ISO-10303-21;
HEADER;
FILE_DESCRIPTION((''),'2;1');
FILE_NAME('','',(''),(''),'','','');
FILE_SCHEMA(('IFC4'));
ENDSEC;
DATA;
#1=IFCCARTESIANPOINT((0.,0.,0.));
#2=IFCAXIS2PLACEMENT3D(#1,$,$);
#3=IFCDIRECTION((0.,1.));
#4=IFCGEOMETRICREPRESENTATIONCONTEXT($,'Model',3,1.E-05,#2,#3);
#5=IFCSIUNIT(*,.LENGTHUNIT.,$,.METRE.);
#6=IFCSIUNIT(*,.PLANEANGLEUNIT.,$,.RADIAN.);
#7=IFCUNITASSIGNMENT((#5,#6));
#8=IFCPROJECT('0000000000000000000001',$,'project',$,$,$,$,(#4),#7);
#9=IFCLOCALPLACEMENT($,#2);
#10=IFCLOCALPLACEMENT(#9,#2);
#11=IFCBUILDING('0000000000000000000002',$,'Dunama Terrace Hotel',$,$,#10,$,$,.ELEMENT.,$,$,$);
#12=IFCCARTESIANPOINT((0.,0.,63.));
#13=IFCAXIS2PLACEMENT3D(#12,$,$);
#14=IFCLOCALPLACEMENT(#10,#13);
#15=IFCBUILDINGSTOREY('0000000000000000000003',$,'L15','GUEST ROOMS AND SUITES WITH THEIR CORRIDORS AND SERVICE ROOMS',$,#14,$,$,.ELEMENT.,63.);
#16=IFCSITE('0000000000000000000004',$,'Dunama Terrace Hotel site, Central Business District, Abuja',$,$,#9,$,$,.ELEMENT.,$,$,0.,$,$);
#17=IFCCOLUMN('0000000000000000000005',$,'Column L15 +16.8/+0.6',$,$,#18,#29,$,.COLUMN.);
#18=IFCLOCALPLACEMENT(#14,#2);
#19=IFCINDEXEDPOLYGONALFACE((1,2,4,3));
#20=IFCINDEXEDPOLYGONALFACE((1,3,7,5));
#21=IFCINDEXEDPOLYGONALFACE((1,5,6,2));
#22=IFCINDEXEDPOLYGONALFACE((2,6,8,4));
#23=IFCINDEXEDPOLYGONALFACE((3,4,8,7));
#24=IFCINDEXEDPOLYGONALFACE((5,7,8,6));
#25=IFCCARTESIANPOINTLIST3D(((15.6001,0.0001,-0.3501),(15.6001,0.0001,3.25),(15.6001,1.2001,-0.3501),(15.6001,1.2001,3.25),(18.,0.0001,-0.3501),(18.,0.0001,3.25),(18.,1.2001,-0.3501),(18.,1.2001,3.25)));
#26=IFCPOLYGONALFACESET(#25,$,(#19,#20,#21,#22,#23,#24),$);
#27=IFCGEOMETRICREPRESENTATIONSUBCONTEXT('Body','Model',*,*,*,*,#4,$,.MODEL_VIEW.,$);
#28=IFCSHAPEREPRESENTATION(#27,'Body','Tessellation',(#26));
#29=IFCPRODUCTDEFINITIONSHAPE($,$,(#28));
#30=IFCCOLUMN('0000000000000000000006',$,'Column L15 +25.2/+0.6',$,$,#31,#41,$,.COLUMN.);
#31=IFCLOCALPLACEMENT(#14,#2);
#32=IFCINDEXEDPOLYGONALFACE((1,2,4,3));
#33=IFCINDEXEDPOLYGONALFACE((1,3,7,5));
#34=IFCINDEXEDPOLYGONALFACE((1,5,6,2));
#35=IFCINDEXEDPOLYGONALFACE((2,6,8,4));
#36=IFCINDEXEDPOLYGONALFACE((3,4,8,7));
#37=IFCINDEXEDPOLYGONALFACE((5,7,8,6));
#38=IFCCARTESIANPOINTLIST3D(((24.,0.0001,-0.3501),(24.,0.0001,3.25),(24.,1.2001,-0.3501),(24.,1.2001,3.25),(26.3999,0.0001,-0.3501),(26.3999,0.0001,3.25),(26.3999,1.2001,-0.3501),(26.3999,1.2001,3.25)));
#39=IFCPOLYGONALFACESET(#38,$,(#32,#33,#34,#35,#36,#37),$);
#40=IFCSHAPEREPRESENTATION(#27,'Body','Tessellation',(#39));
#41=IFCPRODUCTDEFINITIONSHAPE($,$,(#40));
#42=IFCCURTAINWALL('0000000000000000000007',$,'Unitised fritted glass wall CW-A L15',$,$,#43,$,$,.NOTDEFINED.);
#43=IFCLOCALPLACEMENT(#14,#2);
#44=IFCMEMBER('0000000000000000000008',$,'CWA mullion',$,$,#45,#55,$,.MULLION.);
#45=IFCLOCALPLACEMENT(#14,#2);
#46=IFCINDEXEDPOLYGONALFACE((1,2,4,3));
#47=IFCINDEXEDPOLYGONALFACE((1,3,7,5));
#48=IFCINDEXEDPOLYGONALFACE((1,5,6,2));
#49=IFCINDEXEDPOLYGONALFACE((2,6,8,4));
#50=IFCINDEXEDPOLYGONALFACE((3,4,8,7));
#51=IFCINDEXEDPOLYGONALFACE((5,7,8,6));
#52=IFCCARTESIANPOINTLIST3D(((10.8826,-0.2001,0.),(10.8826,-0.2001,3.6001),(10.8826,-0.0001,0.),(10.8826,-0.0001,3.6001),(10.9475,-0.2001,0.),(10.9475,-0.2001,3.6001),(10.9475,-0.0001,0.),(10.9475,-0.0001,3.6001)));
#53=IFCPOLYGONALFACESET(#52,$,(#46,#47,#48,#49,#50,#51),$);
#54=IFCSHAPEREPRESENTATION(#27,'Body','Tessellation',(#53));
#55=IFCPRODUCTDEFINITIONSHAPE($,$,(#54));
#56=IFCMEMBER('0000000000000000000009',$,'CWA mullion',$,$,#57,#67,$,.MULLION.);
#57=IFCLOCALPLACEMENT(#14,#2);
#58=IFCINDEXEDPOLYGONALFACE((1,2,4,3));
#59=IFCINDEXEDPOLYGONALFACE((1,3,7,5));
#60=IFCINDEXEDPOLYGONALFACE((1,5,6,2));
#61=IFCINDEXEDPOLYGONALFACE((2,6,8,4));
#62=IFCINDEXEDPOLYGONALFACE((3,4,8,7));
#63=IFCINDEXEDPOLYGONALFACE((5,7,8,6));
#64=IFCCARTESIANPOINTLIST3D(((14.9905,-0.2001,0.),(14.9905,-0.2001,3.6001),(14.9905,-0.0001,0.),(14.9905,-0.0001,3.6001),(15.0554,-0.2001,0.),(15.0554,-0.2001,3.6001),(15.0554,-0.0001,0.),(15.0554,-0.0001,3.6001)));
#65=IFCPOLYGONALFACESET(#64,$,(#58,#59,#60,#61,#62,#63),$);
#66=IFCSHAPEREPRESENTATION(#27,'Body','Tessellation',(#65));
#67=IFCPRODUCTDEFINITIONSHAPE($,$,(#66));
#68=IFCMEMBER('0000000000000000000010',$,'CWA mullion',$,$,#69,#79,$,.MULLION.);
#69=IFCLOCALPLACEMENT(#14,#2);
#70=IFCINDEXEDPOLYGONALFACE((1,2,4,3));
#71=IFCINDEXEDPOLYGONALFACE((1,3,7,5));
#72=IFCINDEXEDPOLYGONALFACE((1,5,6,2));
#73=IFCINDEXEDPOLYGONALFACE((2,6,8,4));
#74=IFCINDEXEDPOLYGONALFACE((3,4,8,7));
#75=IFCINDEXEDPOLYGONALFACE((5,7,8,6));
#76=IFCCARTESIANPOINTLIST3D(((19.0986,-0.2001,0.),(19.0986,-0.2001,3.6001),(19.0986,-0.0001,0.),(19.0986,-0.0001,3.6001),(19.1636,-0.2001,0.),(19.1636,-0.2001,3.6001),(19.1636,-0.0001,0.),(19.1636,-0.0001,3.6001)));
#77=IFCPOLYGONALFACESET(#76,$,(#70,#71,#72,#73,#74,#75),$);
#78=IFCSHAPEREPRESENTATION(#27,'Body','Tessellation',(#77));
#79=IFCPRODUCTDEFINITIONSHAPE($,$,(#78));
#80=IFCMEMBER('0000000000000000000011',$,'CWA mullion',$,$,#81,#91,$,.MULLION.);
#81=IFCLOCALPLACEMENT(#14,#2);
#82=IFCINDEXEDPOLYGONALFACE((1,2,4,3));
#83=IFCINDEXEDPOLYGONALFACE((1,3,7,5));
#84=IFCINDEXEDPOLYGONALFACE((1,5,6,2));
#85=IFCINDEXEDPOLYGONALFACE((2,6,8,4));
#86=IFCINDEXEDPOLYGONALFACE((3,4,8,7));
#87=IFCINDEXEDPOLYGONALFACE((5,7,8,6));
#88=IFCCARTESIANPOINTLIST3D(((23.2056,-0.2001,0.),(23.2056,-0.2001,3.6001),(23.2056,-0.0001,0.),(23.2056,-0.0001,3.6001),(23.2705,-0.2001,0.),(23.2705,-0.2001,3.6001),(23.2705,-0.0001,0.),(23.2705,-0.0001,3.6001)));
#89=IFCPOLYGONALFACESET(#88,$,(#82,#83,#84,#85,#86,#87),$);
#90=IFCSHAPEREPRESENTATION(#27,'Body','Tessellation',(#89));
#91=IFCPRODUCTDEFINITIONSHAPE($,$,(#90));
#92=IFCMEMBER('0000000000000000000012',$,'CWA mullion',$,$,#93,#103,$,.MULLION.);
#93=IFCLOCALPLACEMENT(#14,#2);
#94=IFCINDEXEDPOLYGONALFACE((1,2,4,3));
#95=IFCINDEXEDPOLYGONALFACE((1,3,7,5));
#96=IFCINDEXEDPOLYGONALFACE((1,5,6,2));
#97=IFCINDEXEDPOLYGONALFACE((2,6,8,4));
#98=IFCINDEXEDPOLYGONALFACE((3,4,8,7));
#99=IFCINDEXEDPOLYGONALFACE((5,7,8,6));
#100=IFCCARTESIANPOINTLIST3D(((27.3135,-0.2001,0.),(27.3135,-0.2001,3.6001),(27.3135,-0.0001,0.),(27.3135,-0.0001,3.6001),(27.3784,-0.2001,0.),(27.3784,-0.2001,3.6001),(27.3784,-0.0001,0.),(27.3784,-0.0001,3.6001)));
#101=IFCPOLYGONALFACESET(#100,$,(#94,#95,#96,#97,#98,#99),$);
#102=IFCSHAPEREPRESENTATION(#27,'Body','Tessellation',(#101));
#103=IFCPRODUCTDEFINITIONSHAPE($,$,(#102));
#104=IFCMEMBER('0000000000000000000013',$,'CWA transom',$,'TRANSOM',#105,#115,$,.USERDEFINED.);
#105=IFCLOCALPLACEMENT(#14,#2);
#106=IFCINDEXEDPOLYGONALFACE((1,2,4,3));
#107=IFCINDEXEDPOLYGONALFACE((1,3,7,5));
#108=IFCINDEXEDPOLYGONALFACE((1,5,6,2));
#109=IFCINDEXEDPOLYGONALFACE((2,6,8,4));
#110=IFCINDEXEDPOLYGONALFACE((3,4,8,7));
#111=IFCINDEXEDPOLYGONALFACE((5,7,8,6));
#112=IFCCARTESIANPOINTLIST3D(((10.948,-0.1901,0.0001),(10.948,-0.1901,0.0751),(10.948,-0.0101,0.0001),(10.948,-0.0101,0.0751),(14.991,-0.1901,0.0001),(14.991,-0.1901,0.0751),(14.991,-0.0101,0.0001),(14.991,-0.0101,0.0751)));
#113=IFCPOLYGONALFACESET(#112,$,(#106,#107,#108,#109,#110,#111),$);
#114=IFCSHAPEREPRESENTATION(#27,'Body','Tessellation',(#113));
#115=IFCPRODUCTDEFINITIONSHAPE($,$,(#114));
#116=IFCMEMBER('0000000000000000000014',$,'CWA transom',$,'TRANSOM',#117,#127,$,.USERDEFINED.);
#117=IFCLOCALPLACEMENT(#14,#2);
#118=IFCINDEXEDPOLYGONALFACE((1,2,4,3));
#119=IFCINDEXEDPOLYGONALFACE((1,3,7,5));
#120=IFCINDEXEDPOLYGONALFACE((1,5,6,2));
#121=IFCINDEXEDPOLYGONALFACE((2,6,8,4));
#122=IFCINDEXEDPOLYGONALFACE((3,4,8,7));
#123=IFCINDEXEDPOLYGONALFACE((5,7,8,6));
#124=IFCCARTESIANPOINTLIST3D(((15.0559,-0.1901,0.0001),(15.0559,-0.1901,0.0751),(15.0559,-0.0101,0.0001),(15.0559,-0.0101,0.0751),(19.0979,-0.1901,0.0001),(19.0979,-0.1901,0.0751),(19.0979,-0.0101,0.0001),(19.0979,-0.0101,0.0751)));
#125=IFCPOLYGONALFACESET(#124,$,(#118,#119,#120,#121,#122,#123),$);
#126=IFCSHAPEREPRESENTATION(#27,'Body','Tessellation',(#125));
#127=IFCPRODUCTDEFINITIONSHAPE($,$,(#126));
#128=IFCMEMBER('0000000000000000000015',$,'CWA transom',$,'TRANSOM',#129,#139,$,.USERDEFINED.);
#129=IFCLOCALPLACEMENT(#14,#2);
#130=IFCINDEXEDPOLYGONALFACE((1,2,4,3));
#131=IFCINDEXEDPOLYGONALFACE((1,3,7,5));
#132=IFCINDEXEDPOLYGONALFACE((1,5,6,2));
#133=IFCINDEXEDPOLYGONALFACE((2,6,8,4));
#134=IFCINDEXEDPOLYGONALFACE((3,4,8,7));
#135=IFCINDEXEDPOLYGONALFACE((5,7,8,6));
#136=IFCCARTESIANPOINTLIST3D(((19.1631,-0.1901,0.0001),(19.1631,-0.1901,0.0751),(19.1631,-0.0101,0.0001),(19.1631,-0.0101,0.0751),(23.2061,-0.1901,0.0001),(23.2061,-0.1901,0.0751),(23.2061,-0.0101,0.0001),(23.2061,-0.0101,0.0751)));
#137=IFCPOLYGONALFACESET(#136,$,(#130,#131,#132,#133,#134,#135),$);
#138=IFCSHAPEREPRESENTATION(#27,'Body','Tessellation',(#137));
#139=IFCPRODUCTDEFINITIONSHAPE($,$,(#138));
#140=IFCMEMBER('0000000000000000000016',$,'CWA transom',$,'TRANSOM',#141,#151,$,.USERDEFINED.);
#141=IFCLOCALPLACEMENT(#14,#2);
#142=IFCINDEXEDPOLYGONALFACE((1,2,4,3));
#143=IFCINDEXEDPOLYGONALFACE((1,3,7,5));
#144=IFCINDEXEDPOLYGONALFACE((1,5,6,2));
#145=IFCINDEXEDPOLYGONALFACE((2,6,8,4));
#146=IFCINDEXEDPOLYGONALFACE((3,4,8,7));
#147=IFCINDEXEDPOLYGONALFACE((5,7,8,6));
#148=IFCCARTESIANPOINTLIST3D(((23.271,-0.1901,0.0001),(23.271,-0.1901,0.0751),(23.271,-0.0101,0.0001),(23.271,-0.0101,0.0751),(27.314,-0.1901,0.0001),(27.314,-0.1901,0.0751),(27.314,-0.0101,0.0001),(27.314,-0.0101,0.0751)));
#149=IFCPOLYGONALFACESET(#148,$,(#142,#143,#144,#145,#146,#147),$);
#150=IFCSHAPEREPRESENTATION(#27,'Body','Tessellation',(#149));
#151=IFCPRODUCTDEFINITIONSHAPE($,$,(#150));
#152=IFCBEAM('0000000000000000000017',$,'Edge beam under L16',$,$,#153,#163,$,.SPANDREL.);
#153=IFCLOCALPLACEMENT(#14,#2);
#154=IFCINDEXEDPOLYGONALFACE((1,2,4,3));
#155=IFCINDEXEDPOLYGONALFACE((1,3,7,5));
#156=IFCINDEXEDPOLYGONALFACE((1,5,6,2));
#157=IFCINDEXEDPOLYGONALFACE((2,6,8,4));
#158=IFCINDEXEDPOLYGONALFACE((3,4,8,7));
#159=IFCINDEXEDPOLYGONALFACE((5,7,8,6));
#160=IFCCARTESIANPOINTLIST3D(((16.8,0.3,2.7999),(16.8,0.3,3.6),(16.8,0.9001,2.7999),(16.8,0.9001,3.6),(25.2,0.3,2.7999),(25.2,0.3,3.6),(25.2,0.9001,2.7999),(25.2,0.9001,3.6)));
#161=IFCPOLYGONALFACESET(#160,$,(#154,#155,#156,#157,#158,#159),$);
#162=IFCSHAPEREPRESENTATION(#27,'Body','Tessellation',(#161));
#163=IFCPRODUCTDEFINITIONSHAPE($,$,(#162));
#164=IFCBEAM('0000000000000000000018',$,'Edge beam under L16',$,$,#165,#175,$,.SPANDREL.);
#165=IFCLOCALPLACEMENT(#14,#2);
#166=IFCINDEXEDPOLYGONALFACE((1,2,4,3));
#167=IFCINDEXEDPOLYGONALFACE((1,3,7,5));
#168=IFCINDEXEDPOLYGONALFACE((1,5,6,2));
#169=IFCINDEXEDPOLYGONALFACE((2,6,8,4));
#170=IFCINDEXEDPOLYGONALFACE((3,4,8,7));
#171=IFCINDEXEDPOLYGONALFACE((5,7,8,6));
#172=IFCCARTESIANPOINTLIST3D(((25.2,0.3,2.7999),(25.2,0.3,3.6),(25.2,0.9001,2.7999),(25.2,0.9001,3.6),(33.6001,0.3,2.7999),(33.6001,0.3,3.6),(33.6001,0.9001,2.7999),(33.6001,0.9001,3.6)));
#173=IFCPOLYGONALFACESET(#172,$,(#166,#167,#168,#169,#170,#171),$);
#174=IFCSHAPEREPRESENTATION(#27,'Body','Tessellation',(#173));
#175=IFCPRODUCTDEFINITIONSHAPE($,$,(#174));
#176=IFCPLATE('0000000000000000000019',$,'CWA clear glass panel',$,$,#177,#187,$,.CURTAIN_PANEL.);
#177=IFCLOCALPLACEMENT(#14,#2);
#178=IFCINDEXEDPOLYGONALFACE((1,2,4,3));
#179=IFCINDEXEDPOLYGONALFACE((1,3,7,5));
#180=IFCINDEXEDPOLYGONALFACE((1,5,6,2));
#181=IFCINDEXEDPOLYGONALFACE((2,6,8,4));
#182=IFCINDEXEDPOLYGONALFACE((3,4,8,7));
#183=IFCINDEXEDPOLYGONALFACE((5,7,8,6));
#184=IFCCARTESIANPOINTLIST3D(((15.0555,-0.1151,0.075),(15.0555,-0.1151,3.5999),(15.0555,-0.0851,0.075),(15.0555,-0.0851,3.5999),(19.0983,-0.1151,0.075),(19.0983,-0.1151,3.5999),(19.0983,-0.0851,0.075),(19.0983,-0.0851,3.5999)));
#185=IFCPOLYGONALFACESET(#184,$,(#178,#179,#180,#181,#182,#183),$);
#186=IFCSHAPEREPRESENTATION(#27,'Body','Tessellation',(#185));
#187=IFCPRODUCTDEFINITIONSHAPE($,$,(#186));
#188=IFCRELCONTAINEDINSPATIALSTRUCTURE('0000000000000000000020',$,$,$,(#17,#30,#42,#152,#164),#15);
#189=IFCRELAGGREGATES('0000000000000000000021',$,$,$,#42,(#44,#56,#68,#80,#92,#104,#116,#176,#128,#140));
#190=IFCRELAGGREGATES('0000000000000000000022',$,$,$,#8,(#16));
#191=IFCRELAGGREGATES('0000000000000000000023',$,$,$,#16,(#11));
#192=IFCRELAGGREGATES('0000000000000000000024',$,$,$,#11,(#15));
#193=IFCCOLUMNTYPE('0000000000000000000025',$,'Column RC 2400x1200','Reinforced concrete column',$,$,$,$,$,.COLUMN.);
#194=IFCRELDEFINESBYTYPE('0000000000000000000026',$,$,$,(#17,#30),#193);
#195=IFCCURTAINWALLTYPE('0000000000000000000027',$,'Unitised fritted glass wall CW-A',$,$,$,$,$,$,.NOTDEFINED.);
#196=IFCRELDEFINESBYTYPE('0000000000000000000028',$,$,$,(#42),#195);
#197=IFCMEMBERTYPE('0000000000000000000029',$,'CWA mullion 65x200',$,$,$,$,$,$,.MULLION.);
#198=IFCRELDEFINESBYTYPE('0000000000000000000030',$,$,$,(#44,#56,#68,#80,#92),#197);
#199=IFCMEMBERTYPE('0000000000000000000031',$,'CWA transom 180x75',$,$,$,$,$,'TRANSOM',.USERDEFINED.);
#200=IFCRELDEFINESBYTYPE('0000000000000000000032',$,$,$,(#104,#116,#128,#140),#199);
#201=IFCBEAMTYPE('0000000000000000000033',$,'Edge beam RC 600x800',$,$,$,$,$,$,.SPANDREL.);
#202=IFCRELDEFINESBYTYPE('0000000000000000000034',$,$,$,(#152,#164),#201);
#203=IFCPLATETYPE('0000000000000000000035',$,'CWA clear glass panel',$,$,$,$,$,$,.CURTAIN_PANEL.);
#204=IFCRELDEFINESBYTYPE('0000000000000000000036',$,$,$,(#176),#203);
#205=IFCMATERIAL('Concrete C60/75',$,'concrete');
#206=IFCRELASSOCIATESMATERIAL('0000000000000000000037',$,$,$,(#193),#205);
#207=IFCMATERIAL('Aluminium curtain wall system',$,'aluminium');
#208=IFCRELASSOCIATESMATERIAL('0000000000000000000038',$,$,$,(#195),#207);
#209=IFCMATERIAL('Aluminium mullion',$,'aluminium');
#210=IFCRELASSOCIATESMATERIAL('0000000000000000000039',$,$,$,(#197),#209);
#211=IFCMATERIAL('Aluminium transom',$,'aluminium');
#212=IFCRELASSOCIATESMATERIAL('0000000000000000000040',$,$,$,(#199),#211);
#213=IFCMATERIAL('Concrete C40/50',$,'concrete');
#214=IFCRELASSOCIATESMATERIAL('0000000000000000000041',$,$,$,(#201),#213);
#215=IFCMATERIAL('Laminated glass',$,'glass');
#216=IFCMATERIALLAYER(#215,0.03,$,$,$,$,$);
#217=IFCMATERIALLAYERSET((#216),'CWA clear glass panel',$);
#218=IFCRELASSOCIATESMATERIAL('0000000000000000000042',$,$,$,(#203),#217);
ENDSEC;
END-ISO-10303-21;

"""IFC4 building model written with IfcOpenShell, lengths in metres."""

from ifc_helpers import new_model, si_unit, direction, frame, origin, origin_2d, place, context, subcontext, project, spatial, rectangle, extrude, material, layer, layer_set, material_profile, profile_set, type_object, element, aggregate, save


model = new_model("IFC4")

# Units and contexts
model_context = context("Model", 3, precision=1e-05, world=origin(), true_north=direction((0.0, 1.0)))
body_context = subcontext(model_context, "Body", "Model", "MODEL_VIEW")
ifc_project = project(units=[si_unit("LENGTHUNIT", "METRE"), si_unit("PLANEANGLEUNIT", "RADIAN")], contexts=[model_context])

# Site, building, storey
site_placement = place(None, origin())
site = spatial("IfcSite", under=ifc_project, at=site_placement, Name="Dunama Terrace Hotel site, Central Business District, Abuja", CompositionType="ELEMENT", RefElevation=0.0)
building_placement = place(site_placement, origin())
building = spatial("IfcBuilding", under=site, at=building_placement, Name="Dunama Terrace Hotel", CompositionType="ELEMENT")
storey_placement = place(building_placement, frame((0.0, 0.0, 63.0)))
storey = spatial("IfcBuildingStorey", under=building, at=storey_placement, Name="L15", Description="GUEST ROOMS AND SUITES WITH THEIR CORRIDORS AND SERVICE ROOMS", CompositionType="ELEMENT", Elevation=63.0)

# Columns
ifc_material_1 = material(Name="Concrete C60/75", Category="concrete")
ifc_material_profile_1 = material_profile(ifc_material_1, rectangle(XDim=2.3999, YDim=1.2, at=origin_2d()), Name="RC 2400x1200")
ifc_profile_set_1 = profile_set([ifc_material_profile_1], Name="Concrete C60/75")
column_type = type_object("IfcColumnType", Name="Column RC 2400x1200", Description="Reinforced concrete column", PredefinedType="COLUMN", material=ifc_profile_set_1)
for number, where, z_axis, x_axis, name in (
    (1, (16.8, 0.6001, -0.3501), (0.0, 0.0, 1.0), (1.0, 0.0, 0.0), "Column L15 +16.8/+0.6"),
    (2, (25.2, 0.6001, -0.3501), (0.0, 0.0, 1.0), (1.0, 0.0, 0.0), "Column L15 +25.2/+0.6"),
):
    element("IfcColumn", number, at=place(storey_placement, frame(where, z_axis=z_axis, x_axis=x_axis)), inside=storey, type_object=column_type, Name=name, PredefinedType="COLUMN", context=body_context, shape_type="SweptSolid", body=[
        extrude(rectangle(XDim=2.3999, YDim=1.2, at=origin_2d()), origin(), (0.0, 0.0, 1.0), 3.6001),
    ])

# Curtain wall, members
ifc_material_2 = material(Name="Aluminium curtain wall system", Category="aluminium")
curtain_wall_type = type_object("IfcCurtainWallType", Name="Unitised fritted glass wall CW-A", PredefinedType="NOTDEFINED", material=ifc_material_2)
curtain_wall_placement = place(storey_placement, origin())
curtain_wall = element("IfcCurtainWall", 3, at=curtain_wall_placement, inside=storey, type_object=curtain_wall_type, Name="Unitised fritted glass wall CW-A L15", PredefinedType="NOTDEFINED")
ifc_material_3 = material(Name="Aluminium mullion", Category="aluminium")
ifc_material_profile_2 = material_profile(ifc_material_3, rectangle(XDim=0.0649, YDim=0.2, at=origin_2d()), Name="CWA MULLION 65X200")
ifc_profile_set_2 = profile_set([ifc_material_profile_2], Name="Aluminium mullion")
member_type_1 = type_object("IfcMemberType", Name="CWA mullion 65x200", PredefinedType="MULLION", material=ifc_profile_set_2)
member_1_placement = place(storey_placement, frame((10.915, -0.1001, 0.0), z_axis=(0.0, 0.0, 1.0), x_axis=(1.0, 0.0, 0.0)))
member_1 = element("IfcMember", 4, at=member_1_placement, type_object=member_type_1, Name="CWA mullion", PredefinedType="MULLION", context=body_context, shape_type="SweptSolid", body=[
    extrude(rectangle(XDim=0.0649, YDim=0.2, at=origin_2d()), origin(), (0.0, 0.0, 1.0), 3.6001),
])
member_2_placement = place(storey_placement, frame((15.0229, -0.1001, 0.0), z_axis=(0.0, 0.0, 1.0), x_axis=(1.0, 0.0, 0.0)))
member_2 = element("IfcMember", 5, at=member_2_placement, type_object=member_type_1, Name="CWA mullion", PredefinedType="MULLION", context=body_context, shape_type="SweptSolid", body=[
    extrude(rectangle(XDim=0.0649, YDim=0.2, at=origin_2d()), origin(), (0.0, 0.0, 1.0), 3.6001),
])
member_3_placement = place(storey_placement, frame((19.1311, -0.1001, 0.0), z_axis=(0.0, 0.0, 1.0), x_axis=(1.0, 0.0, 0.0)))
member_3 = element("IfcMember", 6, at=member_3_placement, type_object=member_type_1, Name="CWA mullion", PredefinedType="MULLION", context=body_context, shape_type="SweptSolid", body=[
    extrude(rectangle(XDim=0.0649, YDim=0.2, at=origin_2d()), origin(), (0.0, 0.0, 1.0), 3.6001),
])
member_4_placement = place(storey_placement, frame((23.238, -0.1001, 0.0), z_axis=(0.0, 0.0, 1.0), x_axis=(1.0, 0.0, 0.0)))
member_4 = element("IfcMember", 7, at=member_4_placement, type_object=member_type_1, Name="CWA mullion", PredefinedType="MULLION", context=body_context, shape_type="SweptSolid", body=[
    extrude(rectangle(XDim=0.0649, YDim=0.2, at=origin_2d()), origin(), (0.0, 0.0, 1.0), 3.6001),
])
member_5_placement = place(storey_placement, frame((27.3459, -0.1001, 0.0), z_axis=(0.0, 0.0, 1.0), x_axis=(1.0, 0.0, 0.0)))
member_5 = element("IfcMember", 8, at=member_5_placement, type_object=member_type_1, Name="CWA mullion", PredefinedType="MULLION", context=body_context, shape_type="SweptSolid", body=[
    extrude(rectangle(XDim=0.0649, YDim=0.2, at=origin_2d()), origin(), (0.0, 0.0, 1.0), 3.6001),
])
ifc_material_4 = material(Name="Aluminium transom", Category="aluminium")
ifc_material_profile_3 = material_profile(ifc_material_4, rectangle(XDim=0.1799, YDim=0.075, at=origin_2d()), Name="CWA TRANSOM 180X75")
ifc_profile_set_3 = profile_set([ifc_material_profile_3], Name="Aluminium transom")
member_type_2 = type_object("IfcMemberType", Name="CWA transom 180x75", ElementType="TRANSOM", PredefinedType="USERDEFINED", material=ifc_profile_set_3)
member_6_placement = place(storey_placement, frame((10.948, -0.1001, 0.0376), z_axis=(1.0, 0.0, 0.0), x_axis=(0.0, 1.0, 0.0)))
member_6 = element("IfcMember", 9, at=member_6_placement, type_object=member_type_2, Name="CWA transom", ObjectType="TRANSOM", PredefinedType="USERDEFINED", context=body_context, shape_type="SweptSolid", body=[
    extrude(rectangle(XDim=0.1799, YDim=0.075, at=origin_2d()), origin(), (0.0, 0.0, 1.0), 4.043),
])
member_7_placement = place(storey_placement, frame((15.0559, -0.1001, 0.0376), z_axis=(1.0, 0.0, 0.0), x_axis=(0.0, 1.0, 0.0)))
member_7 = element("IfcMember", 10, at=member_7_placement, type_object=member_type_2, Name="CWA transom", ObjectType="TRANSOM", PredefinedType="USERDEFINED", context=body_context, shape_type="SweptSolid", body=[
    extrude(rectangle(XDim=0.1799, YDim=0.075, at=origin_2d()), origin(), (0.0, 0.0, 1.0), 4.042),
])
member_8_placement = place(storey_placement, frame((19.1631, -0.1001, 0.0376), z_axis=(1.0, 0.0, 0.0), x_axis=(0.0, 1.0, 0.0)))
member_8 = element("IfcMember", 11, at=member_8_placement, type_object=member_type_2, Name="CWA transom", ObjectType="TRANSOM", PredefinedType="USERDEFINED", context=body_context, shape_type="SweptSolid", body=[
    extrude(rectangle(XDim=0.1799, YDim=0.075, at=origin_2d()), origin(), (0.0, 0.0, 1.0), 4.043),
])
member_9_placement = place(storey_placement, frame((23.271, -0.1001, 0.0376), z_axis=(1.0, 0.0, 0.0), x_axis=(0.0, 1.0, 0.0)))
member_9 = element("IfcMember", 12, at=member_9_placement, type_object=member_type_2, Name="CWA transom", ObjectType="TRANSOM", PredefinedType="USERDEFINED", context=body_context, shape_type="SweptSolid", body=[
    extrude(rectangle(XDim=0.1799, YDim=0.075, at=origin_2d()), origin(), (0.0, 0.0, 1.0), 4.043),
])

# Beams
ifc_material_5 = material(Name="Concrete C40/50", Category="concrete")
ifc_material_profile_4 = material_profile(ifc_material_5, rectangle(XDim=0.6001, YDim=0.8, at=origin_2d()), Name="RC 600x800")
ifc_profile_set_4 = profile_set([ifc_material_profile_4], Name="Concrete C40/50")
beam_type = type_object("IfcBeamType", Name="Edge beam RC 600x800", PredefinedType="SPANDREL", material=ifc_profile_set_4)
beam_1_placement = place(storey_placement, frame((16.8, 0.6001, 3.2), z_axis=(1.0, 0.0, 0.0), x_axis=(0.0, 1.0, 0.0)))
element("IfcBeam", 13, at=beam_1_placement, inside=storey, type_object=beam_type, Name="Edge beam under L16", PredefinedType="SPANDREL", context=body_context, shape_type="SweptSolid", body=[
    extrude(rectangle(XDim=0.6001, YDim=0.8, at=origin_2d()), origin(), (0.0, 0.0, 1.0), 8.3999),
])
beam_2_placement = place(storey_placement, frame((25.2, 0.6001, 3.2), z_axis=(1.0, 0.0, 0.0), x_axis=(0.0, 1.0, 0.0)))
element("IfcBeam", 14, at=beam_2_placement, inside=storey, type_object=beam_type, Name="Edge beam under L16", PredefinedType="SPANDREL", context=body_context, shape_type="SweptSolid", body=[
    extrude(rectangle(XDim=0.6001, YDim=0.8, at=origin_2d()), origin(), (0.0, 0.0, 1.0), 8.4001),
])

# Plate
ifc_material_6 = material(Name="Laminated glass", Category="glass")
ifc_layer_1 = layer(ifc_material_6, 0.03)
ifc_layer_set_1 = layer_set([ifc_layer_1], Name="CWA clear glass panel")
plate_type_1 = type_object("IfcPlateType", Name="CWA clear glass panel", PredefinedType="CURTAIN_PANEL", material=ifc_layer_set_1)
plate_1_placement = place(storey_placement, frame((17.0769, -0.1001, 0.075), z_axis=(0.0, 0.0, 1.0), x_axis=(1.0, 0.0, 0.0)))
plate_1 = element("IfcPlate", 15, at=plate_1_placement, type_object=plate_type_1, Name="CWA clear glass panel", PredefinedType="CURTAIN_PANEL", context=body_context, shape_type="SweptSolid", body=[
    extrude(rectangle(XDim=4.0427, YDim=0.03, at=origin_2d()), origin(), (0.0, 0.0, 1.0), 3.5249),
])
aggregate(curtain_wall, [member_1, member_2, member_3, member_4, member_5, member_6, member_7, plate_1, member_8, member_9])

save(model, "model.ifc")
